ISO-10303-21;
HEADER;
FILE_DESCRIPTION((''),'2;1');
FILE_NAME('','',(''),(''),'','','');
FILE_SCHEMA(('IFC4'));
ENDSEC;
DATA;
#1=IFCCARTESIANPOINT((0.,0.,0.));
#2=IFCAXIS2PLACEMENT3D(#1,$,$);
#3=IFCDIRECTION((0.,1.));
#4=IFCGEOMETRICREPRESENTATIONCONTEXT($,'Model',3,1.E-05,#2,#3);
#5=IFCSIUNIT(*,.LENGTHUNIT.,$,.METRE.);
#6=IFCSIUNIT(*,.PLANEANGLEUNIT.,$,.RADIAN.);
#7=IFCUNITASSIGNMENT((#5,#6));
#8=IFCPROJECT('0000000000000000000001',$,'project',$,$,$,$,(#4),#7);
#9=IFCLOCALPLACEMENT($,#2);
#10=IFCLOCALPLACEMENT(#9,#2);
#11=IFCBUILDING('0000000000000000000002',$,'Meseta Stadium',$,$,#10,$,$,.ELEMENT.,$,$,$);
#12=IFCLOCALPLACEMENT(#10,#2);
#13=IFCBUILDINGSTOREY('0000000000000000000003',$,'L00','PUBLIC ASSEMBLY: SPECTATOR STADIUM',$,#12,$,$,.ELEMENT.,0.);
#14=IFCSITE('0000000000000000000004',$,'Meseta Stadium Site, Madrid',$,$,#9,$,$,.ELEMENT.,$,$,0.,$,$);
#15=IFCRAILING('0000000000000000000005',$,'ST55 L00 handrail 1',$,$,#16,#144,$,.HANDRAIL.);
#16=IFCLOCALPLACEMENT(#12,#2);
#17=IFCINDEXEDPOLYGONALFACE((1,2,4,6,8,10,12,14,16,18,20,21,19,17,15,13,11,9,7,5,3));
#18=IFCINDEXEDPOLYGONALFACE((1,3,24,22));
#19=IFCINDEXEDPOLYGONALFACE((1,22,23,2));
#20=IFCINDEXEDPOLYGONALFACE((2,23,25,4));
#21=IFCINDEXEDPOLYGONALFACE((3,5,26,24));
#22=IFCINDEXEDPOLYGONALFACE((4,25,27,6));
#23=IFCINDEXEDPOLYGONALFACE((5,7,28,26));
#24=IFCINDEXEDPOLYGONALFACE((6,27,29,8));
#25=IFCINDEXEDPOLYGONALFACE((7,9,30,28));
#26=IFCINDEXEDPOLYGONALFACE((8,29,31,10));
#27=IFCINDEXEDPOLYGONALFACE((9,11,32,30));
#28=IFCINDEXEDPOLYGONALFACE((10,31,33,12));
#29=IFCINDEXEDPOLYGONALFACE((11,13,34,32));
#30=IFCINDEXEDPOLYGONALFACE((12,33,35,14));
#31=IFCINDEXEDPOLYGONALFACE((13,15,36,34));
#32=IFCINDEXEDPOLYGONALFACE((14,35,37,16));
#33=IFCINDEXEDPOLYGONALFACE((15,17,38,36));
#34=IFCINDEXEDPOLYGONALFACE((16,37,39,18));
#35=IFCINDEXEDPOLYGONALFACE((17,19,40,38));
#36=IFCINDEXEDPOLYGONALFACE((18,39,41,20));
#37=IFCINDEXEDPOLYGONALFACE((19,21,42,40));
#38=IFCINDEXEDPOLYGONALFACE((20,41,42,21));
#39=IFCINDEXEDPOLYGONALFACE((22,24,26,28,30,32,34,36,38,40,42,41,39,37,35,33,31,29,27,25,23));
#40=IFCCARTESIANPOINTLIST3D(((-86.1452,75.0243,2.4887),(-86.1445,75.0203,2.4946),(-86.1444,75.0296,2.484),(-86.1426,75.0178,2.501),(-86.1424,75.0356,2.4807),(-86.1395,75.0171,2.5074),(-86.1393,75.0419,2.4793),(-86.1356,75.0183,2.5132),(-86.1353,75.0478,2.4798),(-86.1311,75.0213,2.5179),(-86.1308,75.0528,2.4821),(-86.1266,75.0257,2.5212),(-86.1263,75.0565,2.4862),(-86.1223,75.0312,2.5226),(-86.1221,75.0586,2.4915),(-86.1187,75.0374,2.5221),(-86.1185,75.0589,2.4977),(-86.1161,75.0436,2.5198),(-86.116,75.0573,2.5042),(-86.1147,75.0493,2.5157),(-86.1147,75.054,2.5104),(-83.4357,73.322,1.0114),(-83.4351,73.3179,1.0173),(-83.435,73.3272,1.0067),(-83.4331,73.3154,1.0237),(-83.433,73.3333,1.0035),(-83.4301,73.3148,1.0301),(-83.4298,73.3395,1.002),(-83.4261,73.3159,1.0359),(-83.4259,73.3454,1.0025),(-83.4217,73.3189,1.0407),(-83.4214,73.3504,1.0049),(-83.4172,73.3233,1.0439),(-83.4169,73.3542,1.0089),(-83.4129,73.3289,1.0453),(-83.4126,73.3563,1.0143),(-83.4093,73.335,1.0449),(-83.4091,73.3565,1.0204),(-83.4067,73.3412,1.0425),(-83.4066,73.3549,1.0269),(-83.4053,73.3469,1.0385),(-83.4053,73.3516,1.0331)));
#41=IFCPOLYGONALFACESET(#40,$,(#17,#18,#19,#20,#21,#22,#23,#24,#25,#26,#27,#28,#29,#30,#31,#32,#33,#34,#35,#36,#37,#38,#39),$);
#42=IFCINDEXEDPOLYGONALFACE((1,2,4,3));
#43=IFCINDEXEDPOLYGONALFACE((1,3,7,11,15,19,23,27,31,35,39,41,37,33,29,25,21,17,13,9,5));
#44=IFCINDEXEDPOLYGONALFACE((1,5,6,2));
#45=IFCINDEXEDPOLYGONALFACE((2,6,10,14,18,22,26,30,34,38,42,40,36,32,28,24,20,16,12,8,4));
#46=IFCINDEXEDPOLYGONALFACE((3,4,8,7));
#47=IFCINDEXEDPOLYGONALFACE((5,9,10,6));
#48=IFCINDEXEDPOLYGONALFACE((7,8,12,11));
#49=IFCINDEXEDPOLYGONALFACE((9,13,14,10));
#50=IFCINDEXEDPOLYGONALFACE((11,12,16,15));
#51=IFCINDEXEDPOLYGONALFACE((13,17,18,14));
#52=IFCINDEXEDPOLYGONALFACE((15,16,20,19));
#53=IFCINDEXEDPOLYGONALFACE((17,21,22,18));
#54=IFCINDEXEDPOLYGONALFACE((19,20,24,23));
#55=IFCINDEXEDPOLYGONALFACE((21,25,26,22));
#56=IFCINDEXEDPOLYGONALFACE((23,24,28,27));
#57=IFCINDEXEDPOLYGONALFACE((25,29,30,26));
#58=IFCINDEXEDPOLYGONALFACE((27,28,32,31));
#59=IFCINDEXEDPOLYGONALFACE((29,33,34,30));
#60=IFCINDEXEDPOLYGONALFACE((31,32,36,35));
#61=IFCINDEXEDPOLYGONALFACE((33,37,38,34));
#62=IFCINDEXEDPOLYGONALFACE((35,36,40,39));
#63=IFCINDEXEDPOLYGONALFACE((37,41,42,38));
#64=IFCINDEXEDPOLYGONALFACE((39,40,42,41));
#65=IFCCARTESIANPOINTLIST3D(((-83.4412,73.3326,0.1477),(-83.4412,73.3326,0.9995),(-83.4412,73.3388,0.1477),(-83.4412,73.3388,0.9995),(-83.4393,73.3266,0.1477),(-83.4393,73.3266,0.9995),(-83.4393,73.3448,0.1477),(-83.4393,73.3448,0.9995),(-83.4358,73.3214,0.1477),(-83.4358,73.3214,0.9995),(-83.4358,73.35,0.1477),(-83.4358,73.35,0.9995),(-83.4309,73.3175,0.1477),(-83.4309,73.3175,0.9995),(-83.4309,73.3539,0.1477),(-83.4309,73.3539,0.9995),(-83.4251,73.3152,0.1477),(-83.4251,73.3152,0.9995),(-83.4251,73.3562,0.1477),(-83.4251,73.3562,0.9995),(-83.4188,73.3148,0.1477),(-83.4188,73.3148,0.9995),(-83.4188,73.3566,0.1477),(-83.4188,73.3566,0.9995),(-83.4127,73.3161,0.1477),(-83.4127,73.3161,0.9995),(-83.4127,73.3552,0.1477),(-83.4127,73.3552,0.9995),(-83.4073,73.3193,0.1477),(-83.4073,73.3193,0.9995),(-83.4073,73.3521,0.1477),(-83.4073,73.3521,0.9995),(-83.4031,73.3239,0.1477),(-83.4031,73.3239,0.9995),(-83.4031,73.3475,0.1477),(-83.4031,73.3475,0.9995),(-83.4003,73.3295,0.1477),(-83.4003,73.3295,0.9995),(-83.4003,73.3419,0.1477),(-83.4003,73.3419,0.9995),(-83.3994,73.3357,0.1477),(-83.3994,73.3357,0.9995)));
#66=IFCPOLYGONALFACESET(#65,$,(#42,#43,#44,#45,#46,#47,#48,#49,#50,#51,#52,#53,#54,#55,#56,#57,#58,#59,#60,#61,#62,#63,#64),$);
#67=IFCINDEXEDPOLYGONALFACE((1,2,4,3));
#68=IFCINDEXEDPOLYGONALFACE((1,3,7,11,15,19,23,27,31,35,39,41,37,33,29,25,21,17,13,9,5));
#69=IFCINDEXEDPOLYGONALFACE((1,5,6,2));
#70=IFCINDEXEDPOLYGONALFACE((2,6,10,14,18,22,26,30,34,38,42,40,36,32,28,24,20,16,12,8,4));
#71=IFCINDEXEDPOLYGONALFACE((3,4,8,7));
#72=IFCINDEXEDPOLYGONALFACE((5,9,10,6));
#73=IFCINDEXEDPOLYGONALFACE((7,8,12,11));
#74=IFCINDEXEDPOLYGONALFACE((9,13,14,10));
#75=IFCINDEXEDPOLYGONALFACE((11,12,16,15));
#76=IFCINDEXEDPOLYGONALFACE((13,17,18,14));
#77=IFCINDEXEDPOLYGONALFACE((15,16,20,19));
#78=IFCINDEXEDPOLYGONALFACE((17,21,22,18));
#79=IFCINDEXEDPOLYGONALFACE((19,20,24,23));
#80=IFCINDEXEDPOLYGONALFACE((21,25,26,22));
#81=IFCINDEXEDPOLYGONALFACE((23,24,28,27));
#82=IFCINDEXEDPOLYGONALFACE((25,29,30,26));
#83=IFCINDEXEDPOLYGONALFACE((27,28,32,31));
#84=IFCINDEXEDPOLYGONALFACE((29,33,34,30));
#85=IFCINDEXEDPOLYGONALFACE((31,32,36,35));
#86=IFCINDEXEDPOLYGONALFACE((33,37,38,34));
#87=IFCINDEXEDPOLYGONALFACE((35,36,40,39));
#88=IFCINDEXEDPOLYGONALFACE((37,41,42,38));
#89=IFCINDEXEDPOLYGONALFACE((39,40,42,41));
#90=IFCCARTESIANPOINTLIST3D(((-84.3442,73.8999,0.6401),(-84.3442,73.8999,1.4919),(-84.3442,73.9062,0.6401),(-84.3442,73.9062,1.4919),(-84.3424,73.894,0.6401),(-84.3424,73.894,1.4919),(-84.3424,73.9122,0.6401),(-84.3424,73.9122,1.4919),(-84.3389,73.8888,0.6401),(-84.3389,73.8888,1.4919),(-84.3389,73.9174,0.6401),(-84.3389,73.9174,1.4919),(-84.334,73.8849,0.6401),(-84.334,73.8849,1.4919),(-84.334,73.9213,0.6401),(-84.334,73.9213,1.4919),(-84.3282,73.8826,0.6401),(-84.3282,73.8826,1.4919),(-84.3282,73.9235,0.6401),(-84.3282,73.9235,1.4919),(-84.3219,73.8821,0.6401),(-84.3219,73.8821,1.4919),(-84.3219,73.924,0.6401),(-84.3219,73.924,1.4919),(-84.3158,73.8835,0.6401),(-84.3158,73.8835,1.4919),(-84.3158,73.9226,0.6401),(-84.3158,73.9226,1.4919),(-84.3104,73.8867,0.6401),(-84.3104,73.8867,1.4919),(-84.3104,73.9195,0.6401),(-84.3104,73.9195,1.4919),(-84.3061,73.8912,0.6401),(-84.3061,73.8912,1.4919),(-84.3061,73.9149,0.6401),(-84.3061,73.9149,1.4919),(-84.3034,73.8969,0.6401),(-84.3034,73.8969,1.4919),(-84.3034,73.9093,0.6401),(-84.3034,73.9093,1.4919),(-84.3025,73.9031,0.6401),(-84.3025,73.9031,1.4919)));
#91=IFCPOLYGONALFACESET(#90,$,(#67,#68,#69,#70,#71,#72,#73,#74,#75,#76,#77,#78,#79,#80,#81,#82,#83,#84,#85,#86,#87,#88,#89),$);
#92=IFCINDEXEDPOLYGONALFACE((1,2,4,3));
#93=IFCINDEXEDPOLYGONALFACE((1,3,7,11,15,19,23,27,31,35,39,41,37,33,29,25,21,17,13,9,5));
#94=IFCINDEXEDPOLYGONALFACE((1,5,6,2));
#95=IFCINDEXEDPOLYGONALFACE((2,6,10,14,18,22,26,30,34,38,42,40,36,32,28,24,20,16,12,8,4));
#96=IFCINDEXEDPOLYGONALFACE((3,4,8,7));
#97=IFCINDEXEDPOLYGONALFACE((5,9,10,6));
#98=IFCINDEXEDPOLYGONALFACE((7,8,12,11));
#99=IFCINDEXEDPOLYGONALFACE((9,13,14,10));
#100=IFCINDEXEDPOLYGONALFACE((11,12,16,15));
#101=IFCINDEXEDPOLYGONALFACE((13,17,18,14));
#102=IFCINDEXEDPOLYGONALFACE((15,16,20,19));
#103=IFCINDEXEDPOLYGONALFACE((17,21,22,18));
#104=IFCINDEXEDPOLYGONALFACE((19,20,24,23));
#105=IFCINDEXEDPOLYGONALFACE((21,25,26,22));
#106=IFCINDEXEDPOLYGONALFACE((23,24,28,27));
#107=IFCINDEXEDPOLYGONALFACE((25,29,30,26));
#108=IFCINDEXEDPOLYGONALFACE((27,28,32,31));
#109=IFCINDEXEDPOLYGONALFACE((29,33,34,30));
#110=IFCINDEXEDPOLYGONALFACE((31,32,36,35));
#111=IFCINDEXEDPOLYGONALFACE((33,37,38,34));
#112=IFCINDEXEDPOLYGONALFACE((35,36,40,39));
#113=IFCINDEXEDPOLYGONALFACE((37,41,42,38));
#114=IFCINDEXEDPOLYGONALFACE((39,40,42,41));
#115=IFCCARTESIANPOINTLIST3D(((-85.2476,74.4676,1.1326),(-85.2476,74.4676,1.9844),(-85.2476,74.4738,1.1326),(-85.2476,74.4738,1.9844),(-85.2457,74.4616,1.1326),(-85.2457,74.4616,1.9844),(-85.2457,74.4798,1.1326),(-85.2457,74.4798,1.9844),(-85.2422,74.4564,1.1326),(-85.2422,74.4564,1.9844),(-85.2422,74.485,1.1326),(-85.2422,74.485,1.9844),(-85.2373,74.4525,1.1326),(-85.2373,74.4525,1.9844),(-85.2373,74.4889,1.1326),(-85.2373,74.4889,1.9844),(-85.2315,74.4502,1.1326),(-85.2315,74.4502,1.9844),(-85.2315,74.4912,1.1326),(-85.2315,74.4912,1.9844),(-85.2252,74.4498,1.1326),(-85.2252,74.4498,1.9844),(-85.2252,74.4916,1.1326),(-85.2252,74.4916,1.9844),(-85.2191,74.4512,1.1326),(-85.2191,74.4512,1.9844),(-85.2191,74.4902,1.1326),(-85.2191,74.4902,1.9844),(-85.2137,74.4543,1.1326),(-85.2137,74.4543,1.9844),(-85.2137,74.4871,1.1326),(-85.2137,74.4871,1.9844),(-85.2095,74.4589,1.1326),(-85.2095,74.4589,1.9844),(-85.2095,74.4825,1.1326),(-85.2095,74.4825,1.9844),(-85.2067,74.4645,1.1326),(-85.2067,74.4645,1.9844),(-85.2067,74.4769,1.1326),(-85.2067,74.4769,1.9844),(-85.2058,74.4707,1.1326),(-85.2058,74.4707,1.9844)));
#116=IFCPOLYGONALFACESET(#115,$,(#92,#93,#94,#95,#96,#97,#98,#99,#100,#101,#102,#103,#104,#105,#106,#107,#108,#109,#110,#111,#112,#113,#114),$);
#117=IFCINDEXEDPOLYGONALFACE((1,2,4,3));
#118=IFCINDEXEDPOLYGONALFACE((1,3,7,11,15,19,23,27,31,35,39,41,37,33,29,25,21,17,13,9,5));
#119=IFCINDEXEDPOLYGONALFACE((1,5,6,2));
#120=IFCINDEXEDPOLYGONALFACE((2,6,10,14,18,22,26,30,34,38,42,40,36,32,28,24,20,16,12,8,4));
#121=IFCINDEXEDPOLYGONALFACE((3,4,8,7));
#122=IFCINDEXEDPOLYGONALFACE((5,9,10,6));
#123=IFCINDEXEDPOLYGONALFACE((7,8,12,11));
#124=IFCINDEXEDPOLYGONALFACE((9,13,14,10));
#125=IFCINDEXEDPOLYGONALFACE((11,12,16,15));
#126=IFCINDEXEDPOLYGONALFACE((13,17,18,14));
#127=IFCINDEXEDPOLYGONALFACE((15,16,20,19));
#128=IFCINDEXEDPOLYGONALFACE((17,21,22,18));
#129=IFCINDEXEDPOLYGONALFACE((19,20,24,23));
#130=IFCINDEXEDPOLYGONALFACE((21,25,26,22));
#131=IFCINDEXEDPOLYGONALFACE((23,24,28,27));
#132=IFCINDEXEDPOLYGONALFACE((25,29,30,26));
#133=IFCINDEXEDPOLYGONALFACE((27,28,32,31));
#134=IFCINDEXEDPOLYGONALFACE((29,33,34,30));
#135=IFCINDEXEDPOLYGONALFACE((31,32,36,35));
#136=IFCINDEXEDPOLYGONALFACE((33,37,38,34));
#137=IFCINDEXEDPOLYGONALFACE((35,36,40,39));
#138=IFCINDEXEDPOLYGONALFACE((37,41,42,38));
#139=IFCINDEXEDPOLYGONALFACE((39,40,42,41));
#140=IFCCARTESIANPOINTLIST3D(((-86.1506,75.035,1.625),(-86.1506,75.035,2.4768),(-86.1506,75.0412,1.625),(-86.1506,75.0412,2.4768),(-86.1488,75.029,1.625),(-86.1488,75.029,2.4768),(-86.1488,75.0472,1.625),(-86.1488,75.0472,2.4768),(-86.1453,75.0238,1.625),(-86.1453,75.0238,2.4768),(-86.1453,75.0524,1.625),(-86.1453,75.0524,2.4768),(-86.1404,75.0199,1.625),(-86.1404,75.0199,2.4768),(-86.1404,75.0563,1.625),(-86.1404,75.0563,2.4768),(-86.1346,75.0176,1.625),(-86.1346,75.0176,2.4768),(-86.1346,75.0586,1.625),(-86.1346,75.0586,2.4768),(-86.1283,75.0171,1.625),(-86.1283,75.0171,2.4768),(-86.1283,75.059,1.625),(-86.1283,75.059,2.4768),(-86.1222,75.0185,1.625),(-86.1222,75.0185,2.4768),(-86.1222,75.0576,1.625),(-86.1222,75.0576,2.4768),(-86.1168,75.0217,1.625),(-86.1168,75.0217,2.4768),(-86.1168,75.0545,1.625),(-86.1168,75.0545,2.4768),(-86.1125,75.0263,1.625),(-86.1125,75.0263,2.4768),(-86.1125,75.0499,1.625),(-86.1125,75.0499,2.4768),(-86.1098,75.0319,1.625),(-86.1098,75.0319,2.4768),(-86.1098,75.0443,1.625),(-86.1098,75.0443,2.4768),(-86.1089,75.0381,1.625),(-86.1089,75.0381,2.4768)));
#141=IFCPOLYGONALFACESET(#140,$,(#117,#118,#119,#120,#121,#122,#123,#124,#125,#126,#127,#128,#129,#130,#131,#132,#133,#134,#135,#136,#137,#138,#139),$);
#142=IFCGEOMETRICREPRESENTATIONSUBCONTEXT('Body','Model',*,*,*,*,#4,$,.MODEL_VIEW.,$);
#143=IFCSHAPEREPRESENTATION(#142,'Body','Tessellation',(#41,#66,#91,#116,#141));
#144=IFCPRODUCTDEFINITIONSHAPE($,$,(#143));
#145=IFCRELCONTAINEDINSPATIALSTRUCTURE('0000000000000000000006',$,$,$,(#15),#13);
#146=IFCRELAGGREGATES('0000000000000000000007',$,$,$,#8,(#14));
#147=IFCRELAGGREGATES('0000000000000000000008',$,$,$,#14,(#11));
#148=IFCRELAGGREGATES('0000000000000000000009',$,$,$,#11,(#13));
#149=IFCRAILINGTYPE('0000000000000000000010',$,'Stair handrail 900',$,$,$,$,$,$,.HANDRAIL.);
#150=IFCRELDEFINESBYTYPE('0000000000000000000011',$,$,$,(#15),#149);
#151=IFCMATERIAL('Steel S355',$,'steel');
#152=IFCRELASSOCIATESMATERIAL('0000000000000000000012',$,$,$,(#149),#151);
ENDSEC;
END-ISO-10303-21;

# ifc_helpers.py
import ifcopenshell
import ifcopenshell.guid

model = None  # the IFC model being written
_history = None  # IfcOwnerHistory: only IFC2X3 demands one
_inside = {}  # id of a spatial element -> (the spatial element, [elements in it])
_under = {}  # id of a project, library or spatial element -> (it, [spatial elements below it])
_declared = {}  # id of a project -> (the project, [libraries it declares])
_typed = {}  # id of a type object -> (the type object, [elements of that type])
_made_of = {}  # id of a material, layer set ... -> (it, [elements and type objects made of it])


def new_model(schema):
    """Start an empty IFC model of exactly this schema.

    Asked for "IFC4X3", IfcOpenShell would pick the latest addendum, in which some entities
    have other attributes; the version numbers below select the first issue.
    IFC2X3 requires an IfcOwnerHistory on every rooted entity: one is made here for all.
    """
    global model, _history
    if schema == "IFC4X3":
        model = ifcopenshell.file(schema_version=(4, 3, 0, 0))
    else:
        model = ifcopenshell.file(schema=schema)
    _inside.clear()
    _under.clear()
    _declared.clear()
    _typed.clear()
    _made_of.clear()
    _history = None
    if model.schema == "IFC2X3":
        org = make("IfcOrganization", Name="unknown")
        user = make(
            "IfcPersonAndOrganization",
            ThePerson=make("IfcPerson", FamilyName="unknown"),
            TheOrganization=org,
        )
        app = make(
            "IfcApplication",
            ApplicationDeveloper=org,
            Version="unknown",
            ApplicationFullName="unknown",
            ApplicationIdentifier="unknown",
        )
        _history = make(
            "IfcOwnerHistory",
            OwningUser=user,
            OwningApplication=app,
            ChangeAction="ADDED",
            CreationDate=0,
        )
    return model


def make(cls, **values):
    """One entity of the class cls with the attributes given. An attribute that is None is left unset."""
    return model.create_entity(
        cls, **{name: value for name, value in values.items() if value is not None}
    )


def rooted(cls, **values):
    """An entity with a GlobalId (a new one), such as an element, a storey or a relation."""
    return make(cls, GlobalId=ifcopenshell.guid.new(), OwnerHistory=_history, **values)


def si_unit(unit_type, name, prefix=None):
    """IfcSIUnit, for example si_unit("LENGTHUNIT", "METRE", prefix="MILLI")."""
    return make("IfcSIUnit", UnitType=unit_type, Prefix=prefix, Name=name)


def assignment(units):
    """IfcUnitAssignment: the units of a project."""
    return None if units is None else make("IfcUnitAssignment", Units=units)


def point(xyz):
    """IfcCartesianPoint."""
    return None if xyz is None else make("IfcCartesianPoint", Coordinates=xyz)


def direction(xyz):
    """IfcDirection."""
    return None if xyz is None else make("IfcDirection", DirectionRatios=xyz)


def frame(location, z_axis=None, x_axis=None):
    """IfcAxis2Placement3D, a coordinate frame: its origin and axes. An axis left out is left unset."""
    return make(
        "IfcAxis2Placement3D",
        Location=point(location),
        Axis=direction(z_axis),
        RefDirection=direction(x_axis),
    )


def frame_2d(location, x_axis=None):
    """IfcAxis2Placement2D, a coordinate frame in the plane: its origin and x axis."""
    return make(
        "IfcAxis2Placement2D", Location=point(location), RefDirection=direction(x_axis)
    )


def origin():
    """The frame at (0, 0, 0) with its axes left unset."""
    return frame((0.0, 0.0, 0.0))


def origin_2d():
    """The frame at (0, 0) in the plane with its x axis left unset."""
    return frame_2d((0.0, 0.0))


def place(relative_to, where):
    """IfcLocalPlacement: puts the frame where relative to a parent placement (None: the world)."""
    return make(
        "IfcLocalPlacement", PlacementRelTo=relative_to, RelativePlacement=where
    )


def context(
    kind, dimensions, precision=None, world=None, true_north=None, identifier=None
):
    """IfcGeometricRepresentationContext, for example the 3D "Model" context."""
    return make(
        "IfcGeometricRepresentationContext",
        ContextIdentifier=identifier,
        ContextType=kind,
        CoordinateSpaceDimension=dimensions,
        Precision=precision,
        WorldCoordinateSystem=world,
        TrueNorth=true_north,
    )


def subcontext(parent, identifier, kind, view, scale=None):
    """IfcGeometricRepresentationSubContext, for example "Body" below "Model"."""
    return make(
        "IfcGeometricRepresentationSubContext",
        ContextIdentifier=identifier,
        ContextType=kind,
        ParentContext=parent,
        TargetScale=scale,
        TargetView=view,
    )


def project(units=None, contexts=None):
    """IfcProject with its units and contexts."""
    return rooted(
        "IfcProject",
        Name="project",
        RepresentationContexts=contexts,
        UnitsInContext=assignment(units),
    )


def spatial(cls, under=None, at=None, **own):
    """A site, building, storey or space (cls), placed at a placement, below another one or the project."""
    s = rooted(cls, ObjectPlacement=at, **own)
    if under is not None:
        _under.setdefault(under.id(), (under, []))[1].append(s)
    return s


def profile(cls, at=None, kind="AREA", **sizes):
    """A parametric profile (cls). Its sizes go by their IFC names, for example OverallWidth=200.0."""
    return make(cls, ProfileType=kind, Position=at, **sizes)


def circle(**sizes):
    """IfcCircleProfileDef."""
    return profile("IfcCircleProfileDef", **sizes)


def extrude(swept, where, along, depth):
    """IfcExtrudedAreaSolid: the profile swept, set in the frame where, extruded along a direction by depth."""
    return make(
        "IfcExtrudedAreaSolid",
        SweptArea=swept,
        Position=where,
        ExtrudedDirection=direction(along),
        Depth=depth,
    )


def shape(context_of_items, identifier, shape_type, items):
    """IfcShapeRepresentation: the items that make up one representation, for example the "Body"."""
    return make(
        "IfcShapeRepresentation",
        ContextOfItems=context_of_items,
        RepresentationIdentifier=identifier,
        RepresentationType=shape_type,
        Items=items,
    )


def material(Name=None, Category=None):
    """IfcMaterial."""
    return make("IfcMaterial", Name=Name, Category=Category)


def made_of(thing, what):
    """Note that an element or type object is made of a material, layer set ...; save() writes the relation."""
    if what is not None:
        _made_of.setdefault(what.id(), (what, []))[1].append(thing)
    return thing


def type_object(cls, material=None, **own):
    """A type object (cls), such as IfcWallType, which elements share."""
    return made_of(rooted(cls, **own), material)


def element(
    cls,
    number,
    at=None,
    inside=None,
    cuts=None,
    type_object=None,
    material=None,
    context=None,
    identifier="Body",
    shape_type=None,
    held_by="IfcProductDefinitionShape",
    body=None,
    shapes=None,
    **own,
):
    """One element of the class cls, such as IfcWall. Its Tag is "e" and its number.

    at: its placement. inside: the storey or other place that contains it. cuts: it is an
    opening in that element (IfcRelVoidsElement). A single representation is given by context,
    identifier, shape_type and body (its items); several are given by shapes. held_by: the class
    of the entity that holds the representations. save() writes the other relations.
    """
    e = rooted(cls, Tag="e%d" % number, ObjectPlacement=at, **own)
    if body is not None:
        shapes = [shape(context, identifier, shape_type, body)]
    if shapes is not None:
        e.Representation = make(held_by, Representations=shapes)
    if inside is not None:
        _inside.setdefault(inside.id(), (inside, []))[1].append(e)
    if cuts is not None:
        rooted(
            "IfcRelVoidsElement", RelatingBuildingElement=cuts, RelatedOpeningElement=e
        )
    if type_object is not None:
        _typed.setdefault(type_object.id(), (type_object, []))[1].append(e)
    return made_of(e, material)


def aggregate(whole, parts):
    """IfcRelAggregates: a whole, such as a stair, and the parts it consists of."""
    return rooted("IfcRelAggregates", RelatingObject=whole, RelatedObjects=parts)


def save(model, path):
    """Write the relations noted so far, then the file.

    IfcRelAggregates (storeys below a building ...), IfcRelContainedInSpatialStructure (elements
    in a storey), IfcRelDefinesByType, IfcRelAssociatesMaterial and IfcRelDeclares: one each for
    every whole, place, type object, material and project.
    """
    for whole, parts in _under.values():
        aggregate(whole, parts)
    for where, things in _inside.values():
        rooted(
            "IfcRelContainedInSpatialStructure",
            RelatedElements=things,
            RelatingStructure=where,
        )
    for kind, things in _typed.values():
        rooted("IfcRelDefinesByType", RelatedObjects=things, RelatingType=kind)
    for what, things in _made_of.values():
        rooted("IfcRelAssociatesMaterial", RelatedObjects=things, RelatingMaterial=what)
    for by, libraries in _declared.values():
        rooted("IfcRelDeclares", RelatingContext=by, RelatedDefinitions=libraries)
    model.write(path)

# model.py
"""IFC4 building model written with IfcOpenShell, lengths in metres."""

from ifc_helpers import new_model, si_unit, direction, frame, origin, origin_2d, place, context, subcontext, project, spatial, circle, extrude, material, type_object, element, save


model = new_model("IFC4")

# Units and contexts
model_context = context("Model", 3, precision=1e-05, world=origin(), true_north=direction((0.0, 1.0)))
body_context = subcontext(model_context, "Body", "Model", "MODEL_VIEW")
ifc_project = project(units=[si_unit("LENGTHUNIT", "METRE"), si_unit("PLANEANGLEUNIT", "RADIAN")], contexts=[model_context])

# Site, building, storey
site_placement = place(None, origin())
site = spatial("IfcSite", under=ifc_project, at=site_placement, Name="Meseta Stadium Site, Madrid", CompositionType="ELEMENT", RefElevation=0.0)
building_placement = place(site_placement, origin())
building = spatial("IfcBuilding", under=site, at=building_placement, Name="Meseta Stadium", CompositionType="ELEMENT")
storey_placement = place(building_placement, origin())
storey = spatial("IfcBuildingStorey", under=building, at=storey_placement, Name="L00", Description="PUBLIC ASSEMBLY: SPECTATOR STADIUM", CompositionType="ELEMENT", Elevation=0.0)

# Railing
ifc_material_1 = material(Name="Steel S355", Category="steel")
railing_type_1 = type_object("IfcRailingType", Name="Stair handrail 900", PredefinedType="HANDRAIL", material=ifc_material_1)
railing_1_placement = place(storey_placement, frame((-83.4204, 73.3357, 0.1477)))
element("IfcRailing", 1, at=railing_1_placement, inside=storey, type_object=railing_type_1, Name="ST55 L00 handrail 1", PredefinedType="HANDRAIL", context=body_context, shape_type="SweptSolid", body=[
    extrude(circle(Radius=0.0239, at=origin_2d()), frame((0.0, 0.0, 0.876), z_axis=(-0.768764, 0.483023, 0.419156), x_axis=(-0.532014, -0.846736, 0.0)), (0.0, 0.0, 1.0), 3.5244),
    extrude(circle(Radius=0.021, at=origin_2d()), origin(), (0.0, 0.0, 1.0), 0.8518),
    extrude(circle(Radius=0.021, at=origin_2d()), frame((-0.9031, 0.5674, 0.4924)), (0.0, 0.0, 1.0), 0.8518),
    extrude(circle(Radius=0.021, at=origin_2d()), frame((-1.8064, 1.135, 0.9849)), (0.0, 0.0, 1.0), 0.8518),
    extrude(circle(Radius=0.021, at=origin_2d()), frame((-2.7095, 1.7024, 1.4773)), (0.0, 0.0, 1.0), 0.8518),
])

save(model, "model.ifc")
